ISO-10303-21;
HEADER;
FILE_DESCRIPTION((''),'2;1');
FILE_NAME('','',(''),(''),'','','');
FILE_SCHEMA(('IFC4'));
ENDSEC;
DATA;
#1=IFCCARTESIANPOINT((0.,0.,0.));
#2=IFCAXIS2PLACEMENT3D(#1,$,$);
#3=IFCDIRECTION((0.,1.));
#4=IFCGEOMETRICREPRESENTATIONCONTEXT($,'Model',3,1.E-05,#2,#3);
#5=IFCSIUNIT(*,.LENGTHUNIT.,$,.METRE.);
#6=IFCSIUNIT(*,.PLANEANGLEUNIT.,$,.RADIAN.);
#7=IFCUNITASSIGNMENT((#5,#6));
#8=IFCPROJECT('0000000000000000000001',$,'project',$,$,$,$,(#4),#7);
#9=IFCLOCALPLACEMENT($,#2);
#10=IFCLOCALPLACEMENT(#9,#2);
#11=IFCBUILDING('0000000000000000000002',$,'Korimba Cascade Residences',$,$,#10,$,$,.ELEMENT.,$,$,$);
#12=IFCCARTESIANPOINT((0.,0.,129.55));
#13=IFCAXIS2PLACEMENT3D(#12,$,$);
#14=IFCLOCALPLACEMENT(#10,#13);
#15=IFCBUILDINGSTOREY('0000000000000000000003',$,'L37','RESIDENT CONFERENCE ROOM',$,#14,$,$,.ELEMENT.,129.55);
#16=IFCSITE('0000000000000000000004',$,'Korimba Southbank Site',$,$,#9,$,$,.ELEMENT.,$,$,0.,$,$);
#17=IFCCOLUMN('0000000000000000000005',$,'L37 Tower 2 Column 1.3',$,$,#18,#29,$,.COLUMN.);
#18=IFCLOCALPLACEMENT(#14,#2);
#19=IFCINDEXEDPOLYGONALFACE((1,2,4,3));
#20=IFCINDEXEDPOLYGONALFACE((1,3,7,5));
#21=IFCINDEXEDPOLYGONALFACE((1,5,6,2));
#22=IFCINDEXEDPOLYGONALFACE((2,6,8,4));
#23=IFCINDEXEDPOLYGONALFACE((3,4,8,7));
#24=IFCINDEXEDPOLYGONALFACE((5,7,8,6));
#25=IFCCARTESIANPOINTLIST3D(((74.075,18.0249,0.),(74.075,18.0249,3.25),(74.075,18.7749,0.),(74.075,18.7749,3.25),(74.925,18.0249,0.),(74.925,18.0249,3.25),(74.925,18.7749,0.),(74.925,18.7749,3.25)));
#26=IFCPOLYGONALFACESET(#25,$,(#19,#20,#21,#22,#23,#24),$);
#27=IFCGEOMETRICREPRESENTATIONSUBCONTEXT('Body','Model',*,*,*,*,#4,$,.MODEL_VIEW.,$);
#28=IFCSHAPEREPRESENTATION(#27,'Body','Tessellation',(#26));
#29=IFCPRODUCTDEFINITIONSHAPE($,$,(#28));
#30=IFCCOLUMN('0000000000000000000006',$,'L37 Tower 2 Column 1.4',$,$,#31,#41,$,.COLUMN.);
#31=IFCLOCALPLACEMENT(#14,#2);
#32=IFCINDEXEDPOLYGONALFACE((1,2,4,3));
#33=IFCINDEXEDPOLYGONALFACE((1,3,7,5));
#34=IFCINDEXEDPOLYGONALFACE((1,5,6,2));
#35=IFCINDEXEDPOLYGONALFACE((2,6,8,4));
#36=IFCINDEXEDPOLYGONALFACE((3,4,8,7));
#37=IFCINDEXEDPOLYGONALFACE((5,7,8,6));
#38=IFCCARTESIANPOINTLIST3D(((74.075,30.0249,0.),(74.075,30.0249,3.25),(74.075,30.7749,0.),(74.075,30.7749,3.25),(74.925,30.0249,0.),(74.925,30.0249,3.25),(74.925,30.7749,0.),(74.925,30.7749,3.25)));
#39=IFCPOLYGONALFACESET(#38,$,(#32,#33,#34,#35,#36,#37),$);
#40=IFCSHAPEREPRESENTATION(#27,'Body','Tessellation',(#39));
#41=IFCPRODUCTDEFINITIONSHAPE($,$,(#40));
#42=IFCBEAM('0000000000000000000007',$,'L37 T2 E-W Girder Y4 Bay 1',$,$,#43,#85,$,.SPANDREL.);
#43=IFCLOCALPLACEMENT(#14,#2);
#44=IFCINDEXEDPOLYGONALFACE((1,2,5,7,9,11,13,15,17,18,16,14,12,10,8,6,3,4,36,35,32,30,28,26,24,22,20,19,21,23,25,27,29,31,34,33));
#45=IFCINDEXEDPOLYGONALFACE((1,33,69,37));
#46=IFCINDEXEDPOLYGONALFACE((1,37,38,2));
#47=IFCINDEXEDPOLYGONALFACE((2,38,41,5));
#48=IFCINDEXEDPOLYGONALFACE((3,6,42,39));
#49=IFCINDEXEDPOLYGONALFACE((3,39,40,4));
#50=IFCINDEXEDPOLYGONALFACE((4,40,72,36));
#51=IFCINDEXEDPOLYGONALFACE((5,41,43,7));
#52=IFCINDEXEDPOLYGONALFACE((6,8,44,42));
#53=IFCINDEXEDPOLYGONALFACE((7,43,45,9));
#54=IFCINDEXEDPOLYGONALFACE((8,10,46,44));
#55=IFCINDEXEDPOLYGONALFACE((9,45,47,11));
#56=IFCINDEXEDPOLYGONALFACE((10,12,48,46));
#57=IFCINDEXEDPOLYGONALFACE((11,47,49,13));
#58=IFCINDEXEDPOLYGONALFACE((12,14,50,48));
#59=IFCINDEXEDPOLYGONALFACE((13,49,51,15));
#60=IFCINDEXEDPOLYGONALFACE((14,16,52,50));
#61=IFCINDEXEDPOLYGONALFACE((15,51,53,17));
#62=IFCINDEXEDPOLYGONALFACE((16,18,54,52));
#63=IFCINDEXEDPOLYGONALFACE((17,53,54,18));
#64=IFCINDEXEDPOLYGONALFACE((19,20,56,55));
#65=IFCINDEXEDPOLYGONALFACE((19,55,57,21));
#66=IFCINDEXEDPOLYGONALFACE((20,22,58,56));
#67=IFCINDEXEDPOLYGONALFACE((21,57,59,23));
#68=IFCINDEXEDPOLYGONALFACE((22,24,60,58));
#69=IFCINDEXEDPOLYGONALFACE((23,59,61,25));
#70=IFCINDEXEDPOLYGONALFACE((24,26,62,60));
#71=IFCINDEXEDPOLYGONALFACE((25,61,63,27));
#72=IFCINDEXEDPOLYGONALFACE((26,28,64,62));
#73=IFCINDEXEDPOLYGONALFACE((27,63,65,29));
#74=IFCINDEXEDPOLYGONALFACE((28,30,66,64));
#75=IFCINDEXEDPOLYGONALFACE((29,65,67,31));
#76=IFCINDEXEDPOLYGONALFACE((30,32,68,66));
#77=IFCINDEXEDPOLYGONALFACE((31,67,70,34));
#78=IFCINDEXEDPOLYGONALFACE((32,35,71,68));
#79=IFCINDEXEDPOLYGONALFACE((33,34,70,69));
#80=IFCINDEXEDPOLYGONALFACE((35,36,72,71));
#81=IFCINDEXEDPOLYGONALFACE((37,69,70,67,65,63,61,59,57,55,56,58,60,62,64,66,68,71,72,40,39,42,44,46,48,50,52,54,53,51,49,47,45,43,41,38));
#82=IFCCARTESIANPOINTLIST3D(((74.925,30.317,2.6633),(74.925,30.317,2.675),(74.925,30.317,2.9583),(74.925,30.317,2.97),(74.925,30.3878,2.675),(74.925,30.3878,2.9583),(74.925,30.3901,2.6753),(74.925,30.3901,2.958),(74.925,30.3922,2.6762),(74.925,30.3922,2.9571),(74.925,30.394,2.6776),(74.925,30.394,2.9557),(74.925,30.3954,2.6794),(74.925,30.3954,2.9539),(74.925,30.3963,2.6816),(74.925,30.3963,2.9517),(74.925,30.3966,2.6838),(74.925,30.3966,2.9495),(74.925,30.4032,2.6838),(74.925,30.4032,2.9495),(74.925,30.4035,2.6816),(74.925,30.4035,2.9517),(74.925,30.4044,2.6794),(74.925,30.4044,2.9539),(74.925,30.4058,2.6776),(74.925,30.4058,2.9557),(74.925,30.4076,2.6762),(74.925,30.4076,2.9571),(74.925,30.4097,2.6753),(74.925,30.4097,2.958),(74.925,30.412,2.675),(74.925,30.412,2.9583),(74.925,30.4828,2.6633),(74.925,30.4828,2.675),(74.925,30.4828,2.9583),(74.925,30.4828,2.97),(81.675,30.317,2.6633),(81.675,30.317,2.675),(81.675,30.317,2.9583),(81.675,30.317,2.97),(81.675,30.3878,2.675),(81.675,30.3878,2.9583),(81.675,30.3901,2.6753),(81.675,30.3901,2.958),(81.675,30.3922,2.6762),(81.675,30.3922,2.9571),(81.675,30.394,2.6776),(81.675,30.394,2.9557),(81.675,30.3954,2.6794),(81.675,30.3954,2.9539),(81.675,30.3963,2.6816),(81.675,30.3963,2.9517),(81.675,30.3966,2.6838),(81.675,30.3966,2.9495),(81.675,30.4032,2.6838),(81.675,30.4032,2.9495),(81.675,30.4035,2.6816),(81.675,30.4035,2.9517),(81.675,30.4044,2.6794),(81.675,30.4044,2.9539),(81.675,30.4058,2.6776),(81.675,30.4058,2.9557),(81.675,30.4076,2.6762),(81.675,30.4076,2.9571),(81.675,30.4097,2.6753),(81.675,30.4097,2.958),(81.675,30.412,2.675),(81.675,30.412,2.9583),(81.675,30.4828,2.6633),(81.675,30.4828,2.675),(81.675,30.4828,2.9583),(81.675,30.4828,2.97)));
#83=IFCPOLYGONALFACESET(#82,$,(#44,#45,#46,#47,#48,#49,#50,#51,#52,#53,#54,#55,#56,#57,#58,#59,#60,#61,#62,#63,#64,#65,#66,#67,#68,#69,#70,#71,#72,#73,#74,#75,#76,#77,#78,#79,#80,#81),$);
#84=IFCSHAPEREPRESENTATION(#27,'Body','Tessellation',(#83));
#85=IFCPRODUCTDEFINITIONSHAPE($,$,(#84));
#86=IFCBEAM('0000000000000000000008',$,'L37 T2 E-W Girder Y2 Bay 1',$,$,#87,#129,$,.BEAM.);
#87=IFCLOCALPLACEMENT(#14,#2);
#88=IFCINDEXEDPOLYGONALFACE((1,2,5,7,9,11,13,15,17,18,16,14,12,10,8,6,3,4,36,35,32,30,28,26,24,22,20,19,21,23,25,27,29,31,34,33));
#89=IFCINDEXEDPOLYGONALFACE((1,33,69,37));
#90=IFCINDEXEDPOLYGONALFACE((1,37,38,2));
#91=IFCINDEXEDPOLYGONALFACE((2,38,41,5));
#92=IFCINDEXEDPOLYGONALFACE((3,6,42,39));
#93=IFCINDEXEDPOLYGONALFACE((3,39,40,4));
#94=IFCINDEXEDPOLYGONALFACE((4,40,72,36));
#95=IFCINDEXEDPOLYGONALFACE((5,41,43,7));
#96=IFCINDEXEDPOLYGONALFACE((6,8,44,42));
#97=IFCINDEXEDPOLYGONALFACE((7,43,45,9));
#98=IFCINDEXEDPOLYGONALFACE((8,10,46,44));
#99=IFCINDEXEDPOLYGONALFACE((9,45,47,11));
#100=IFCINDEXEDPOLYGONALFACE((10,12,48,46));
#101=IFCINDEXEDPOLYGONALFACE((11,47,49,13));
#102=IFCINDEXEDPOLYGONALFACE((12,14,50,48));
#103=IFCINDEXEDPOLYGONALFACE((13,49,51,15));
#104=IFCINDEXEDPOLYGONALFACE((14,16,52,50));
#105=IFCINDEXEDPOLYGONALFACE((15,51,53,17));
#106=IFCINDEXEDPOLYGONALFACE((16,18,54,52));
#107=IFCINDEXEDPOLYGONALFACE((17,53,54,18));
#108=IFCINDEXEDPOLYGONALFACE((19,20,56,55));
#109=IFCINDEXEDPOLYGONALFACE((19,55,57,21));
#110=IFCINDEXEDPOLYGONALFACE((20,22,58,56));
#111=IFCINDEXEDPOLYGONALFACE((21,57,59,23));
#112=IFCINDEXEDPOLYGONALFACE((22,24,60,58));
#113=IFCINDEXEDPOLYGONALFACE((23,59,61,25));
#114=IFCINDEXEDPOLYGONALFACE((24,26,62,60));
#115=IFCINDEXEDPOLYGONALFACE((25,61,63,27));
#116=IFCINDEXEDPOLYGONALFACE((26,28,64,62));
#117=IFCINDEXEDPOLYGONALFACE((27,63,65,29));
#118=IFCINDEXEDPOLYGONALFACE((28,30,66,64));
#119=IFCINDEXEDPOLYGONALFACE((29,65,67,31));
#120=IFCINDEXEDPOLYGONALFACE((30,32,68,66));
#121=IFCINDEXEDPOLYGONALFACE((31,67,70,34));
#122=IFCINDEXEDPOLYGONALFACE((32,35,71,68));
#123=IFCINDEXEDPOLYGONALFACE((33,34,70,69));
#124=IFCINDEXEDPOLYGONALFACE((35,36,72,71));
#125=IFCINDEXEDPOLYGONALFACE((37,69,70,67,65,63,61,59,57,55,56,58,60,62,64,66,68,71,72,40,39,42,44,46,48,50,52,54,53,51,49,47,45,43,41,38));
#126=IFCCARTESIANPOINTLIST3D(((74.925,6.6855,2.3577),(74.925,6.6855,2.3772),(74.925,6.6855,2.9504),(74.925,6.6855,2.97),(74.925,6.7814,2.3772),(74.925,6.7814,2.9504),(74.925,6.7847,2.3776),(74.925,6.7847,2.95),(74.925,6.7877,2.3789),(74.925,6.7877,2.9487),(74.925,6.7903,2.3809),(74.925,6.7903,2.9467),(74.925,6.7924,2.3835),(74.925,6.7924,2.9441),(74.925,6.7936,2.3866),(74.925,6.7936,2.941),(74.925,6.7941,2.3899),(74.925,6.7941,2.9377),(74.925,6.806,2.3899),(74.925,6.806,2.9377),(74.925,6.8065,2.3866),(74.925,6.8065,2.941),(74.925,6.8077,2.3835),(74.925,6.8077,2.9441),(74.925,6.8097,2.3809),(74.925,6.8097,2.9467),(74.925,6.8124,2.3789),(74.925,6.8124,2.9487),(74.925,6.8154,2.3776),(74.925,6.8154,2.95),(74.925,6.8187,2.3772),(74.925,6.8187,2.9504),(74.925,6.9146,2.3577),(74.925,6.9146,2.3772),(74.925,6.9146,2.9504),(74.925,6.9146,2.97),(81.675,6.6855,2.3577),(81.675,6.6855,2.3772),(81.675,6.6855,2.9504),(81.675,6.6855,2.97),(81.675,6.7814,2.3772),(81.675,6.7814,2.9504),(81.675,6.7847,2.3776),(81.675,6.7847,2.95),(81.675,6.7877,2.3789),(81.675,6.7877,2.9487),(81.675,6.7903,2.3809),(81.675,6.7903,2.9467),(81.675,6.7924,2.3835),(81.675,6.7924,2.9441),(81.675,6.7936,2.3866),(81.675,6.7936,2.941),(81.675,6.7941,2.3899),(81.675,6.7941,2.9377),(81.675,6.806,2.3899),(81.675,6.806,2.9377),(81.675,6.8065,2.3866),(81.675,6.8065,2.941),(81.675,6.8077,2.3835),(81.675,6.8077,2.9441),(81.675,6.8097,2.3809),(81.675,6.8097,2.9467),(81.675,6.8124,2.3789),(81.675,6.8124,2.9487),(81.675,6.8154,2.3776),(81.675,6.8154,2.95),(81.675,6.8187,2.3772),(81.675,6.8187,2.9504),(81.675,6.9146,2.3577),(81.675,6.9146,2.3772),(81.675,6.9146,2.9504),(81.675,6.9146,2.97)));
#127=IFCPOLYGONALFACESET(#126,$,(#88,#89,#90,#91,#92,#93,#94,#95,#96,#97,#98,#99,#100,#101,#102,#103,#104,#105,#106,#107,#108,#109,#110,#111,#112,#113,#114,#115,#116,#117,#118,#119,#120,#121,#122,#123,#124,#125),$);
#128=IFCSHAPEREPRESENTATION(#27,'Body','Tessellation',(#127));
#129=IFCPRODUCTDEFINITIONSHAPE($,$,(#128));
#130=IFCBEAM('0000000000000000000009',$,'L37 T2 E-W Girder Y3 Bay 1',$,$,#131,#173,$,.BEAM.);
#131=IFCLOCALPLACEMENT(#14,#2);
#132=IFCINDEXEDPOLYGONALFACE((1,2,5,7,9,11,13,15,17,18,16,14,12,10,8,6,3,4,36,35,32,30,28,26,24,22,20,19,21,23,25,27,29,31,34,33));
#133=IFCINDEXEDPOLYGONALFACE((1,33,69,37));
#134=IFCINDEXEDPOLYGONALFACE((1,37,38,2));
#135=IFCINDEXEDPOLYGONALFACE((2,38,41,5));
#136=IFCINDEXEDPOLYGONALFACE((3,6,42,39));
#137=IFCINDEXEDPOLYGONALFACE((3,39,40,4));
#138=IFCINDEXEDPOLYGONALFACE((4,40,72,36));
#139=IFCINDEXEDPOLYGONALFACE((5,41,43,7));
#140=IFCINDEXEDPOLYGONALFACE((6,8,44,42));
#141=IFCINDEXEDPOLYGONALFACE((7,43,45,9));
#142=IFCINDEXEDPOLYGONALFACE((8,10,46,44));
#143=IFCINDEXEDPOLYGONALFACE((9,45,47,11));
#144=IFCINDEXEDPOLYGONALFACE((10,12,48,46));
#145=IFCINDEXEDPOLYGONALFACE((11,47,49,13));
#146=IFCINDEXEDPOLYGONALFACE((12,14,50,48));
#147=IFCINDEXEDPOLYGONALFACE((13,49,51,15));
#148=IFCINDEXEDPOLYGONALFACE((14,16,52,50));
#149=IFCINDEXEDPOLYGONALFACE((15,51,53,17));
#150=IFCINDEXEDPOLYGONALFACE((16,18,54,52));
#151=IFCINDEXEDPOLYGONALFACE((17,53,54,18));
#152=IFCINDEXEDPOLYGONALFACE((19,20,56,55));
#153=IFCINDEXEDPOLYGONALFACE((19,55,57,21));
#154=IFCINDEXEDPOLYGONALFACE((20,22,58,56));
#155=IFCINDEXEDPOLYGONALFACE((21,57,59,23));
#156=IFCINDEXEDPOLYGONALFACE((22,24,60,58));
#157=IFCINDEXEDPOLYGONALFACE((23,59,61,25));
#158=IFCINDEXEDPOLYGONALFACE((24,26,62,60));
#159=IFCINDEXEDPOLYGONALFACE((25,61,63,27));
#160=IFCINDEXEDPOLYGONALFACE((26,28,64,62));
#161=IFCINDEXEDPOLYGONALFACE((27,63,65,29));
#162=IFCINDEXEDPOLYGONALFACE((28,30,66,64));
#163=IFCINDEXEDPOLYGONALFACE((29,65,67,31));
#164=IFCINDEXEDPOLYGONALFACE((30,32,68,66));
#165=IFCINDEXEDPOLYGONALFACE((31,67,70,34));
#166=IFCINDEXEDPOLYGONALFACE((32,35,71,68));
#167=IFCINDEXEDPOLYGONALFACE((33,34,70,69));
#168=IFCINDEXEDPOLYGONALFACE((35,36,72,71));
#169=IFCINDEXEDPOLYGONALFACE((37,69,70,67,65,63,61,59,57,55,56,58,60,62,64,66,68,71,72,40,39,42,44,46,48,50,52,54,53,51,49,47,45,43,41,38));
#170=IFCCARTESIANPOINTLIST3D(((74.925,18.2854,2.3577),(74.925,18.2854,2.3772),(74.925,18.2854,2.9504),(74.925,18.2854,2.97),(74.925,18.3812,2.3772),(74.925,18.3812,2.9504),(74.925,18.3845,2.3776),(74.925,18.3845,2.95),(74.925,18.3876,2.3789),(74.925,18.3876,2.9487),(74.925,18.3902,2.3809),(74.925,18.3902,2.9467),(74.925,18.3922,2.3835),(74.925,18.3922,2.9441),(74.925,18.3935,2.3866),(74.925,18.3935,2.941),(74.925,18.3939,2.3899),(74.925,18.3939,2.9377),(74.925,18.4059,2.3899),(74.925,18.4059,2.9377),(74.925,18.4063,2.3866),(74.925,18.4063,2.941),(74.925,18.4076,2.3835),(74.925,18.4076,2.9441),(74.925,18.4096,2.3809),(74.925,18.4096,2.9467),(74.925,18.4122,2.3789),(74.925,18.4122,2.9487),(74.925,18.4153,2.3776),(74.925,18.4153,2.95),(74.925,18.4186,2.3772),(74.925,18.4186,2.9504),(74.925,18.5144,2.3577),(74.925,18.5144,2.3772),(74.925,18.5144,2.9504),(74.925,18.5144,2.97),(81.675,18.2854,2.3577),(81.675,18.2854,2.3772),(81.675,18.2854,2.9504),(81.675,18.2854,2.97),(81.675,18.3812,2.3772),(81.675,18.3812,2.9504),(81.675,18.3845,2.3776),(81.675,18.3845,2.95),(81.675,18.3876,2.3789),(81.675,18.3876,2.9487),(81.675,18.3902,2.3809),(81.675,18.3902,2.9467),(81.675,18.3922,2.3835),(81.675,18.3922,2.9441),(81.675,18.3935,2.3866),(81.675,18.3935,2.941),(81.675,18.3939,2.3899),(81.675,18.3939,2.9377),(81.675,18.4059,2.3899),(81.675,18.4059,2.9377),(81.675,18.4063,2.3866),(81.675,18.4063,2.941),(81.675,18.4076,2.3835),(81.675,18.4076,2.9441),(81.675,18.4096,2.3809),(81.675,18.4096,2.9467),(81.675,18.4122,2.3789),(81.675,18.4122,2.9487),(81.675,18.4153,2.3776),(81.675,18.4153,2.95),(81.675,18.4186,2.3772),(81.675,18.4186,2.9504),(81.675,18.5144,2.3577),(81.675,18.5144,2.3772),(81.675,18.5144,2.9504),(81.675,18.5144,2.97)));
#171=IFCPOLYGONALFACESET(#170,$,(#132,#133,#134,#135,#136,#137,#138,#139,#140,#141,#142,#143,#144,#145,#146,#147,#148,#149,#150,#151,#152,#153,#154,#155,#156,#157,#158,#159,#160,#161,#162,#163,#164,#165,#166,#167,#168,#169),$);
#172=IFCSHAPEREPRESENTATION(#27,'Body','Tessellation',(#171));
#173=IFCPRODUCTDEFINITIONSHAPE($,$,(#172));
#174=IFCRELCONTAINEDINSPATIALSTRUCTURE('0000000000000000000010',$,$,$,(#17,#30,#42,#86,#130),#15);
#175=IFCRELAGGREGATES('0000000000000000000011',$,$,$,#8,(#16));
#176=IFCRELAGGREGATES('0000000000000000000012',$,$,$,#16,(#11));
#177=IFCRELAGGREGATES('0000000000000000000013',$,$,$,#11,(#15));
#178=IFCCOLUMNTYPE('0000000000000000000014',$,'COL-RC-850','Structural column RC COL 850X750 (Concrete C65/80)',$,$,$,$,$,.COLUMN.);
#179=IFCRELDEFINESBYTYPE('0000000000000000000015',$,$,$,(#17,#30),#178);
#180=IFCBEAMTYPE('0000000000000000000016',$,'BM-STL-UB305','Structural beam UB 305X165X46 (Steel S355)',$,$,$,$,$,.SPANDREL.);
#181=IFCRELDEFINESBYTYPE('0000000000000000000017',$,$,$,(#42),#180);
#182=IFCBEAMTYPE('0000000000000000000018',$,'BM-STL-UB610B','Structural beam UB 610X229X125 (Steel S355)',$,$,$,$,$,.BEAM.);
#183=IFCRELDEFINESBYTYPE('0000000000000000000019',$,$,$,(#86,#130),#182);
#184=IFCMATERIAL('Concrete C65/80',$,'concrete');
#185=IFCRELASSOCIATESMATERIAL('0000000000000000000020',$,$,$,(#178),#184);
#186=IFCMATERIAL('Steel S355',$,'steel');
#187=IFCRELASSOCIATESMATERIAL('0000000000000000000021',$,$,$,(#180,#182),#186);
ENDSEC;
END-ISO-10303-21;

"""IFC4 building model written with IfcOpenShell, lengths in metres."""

from ifc_helpers import new_model, si_unit, direction, frame, origin, origin_2d, place, context, subcontext, project, spatial, rectangle, i_section, extrude, material, material_profile, profile_set, type_object, element, save


model = new_model("IFC4")

# Units and contexts
model_context = context("Model", 3, precision=1e-05, world=origin(), true_north=direction((0.0, 1.0)))
body_context = subcontext(model_context, "Body", "Model", "MODEL_VIEW")
ifc_project = project(units=[si_unit("LENGTHUNIT", "METRE"), si_unit("PLANEANGLEUNIT", "RADIAN")], contexts=[model_context])

# Site, building, storey
site_placement = place(None, origin())
site = spatial("IfcSite", under=ifc_project, at=site_placement, Name="Korimba Southbank Site", CompositionType="ELEMENT", RefElevation=0.0)
building_placement = place(site_placement, origin())
building = spatial("IfcBuilding", under=site, at=building_placement, Name="Korimba Cascade Residences", CompositionType="ELEMENT")
storey_placement = place(building_placement, frame((0.0, 0.0, 129.55)))
storey = spatial("IfcBuildingStorey", under=building, at=storey_placement, Name="L37", Description="RESIDENT CONFERENCE ROOM", CompositionType="ELEMENT", Elevation=129.55)

# Columns
ifc_material_1 = material(Name="Concrete C65/80", Category="concrete")
ifc_material_profile_1 = material_profile(ifc_material_1, rectangle(XDim=0.8501, YDim=0.75, at=origin_2d()), Name="Concrete C65/80")
ifc_profile_set_1 = profile_set([ifc_material_profile_1], Name="Concrete C65/80")
column_type = type_object("IfcColumnType", Name="COL-RC-850", Description="Structural column RC COL 850X750 (Concrete C65/80)", PredefinedType="COLUMN", material=ifc_profile_set_1)
for number, where, z_axis, x_axis, name in (
    (1, (74.5, 18.3999, 0.0), (0.0, 0.0, 1.0), (1.0, 0.0, 0.0), "L37 Tower 2 Column 1.3"),
    (2, (74.5, 30.3999, 0.0), (0.0, 0.0, 1.0), (1.0, 0.0, 0.0), "L37 Tower 2 Column 1.4"),
):
    element("IfcColumn", number, at=place(storey_placement, frame(where, z_axis=z_axis, x_axis=x_axis)), inside=storey, type_object=column_type, Name=name, PredefinedType="COLUMN", context=body_context, shape_type="SweptSolid", body=[
        extrude(rectangle(XDim=0.8501, YDim=0.75, at=origin_2d()), origin(), (0.0, 0.0, 1.0), 3.25),
    ])

# Beams
ifc_material_2 = material(Name="Steel S355", Category="steel")
ifc_material_profile_2 = material_profile(ifc_material_2, i_section(OverallWidth=0.1658, OverallDepth=0.3066, WebThickness=0.0066, FlangeThickness=0.0117, FilletRadius=0.0088, at=origin_2d()), Name="Steel S355")
ifc_profile_set_2 = profile_set([ifc_material_profile_2], Name="Steel S355")
beam_type_1 = type_object("IfcBeamType", Name="BM-STL-UB305", Description="Structural beam UB 305X165X46 (Steel S355)", PredefinedType="SPANDREL", material=ifc_profile_set_2)
beam_1_placement = place(storey_placement, frame((74.925, 30.3999, 2.8167), z_axis=(1.0, 0.0, 0.0), x_axis=(0.0, 1.0, 0.0)))
element("IfcBeam", 3, at=beam_1_placement, inside=storey, type_object=beam_type_1, Name="L37 T2 E-W Girder Y4 Bay 1", PredefinedType="SPANDREL", context=body_context, shape_type="SweptSolid", body=[
    extrude(i_section(OverallWidth=0.1658, OverallDepth=0.3066, WebThickness=0.0066, FlangeThickness=0.0117, FilletRadius=0.0088, at=origin_2d()), origin(), (0.0, 0.0, 1.0), 6.75),
])
ifc_material_profile_3 = material_profile(ifc_material_2, i_section(OverallWidth=0.229, OverallDepth=0.6123, WebThickness=0.012, FlangeThickness=0.0195, FilletRadius=0.0127, at=origin_2d()), Name="Steel S355")
ifc_profile_set_3 = profile_set([ifc_material_profile_3], Name="Steel S355")
beam_type_2 = type_object("IfcBeamType", Name="BM-STL-UB610B", Description="Structural beam UB 610X229X125 (Steel S355)", PredefinedType="BEAM", material=ifc_profile_set_3)
for number, where, z_axis, x_axis, name in (
    (4, (74.925, 6.8, 2.6638), (1.0, 0.0, 0.0), (0.0, 1.0, 0.0), "L37 T2 E-W Girder Y2 Bay 1"),
    (5, (74.925, 18.3999, 2.6638), (1.0, 0.0, 0.0), (0.0, 1.0, 0.0), "L37 T2 E-W Girder Y3 Bay 1"),
):
    element("IfcBeam", number, at=place(storey_placement, frame(where, z_axis=z_axis, x_axis=x_axis)), inside=storey, type_object=beam_type_2, Name=name, PredefinedType="BEAM", context=body_context, shape_type="SweptSolid", body=[
        extrude(i_section(OverallWidth=0.229, OverallDepth=0.6123, WebThickness=0.012, FlangeThickness=0.0195, FilletRadius=0.0127, at=origin_2d()), origin(), (0.0, 0.0, 1.0), 6.75),
    ])

save(model, "model.ifc")
